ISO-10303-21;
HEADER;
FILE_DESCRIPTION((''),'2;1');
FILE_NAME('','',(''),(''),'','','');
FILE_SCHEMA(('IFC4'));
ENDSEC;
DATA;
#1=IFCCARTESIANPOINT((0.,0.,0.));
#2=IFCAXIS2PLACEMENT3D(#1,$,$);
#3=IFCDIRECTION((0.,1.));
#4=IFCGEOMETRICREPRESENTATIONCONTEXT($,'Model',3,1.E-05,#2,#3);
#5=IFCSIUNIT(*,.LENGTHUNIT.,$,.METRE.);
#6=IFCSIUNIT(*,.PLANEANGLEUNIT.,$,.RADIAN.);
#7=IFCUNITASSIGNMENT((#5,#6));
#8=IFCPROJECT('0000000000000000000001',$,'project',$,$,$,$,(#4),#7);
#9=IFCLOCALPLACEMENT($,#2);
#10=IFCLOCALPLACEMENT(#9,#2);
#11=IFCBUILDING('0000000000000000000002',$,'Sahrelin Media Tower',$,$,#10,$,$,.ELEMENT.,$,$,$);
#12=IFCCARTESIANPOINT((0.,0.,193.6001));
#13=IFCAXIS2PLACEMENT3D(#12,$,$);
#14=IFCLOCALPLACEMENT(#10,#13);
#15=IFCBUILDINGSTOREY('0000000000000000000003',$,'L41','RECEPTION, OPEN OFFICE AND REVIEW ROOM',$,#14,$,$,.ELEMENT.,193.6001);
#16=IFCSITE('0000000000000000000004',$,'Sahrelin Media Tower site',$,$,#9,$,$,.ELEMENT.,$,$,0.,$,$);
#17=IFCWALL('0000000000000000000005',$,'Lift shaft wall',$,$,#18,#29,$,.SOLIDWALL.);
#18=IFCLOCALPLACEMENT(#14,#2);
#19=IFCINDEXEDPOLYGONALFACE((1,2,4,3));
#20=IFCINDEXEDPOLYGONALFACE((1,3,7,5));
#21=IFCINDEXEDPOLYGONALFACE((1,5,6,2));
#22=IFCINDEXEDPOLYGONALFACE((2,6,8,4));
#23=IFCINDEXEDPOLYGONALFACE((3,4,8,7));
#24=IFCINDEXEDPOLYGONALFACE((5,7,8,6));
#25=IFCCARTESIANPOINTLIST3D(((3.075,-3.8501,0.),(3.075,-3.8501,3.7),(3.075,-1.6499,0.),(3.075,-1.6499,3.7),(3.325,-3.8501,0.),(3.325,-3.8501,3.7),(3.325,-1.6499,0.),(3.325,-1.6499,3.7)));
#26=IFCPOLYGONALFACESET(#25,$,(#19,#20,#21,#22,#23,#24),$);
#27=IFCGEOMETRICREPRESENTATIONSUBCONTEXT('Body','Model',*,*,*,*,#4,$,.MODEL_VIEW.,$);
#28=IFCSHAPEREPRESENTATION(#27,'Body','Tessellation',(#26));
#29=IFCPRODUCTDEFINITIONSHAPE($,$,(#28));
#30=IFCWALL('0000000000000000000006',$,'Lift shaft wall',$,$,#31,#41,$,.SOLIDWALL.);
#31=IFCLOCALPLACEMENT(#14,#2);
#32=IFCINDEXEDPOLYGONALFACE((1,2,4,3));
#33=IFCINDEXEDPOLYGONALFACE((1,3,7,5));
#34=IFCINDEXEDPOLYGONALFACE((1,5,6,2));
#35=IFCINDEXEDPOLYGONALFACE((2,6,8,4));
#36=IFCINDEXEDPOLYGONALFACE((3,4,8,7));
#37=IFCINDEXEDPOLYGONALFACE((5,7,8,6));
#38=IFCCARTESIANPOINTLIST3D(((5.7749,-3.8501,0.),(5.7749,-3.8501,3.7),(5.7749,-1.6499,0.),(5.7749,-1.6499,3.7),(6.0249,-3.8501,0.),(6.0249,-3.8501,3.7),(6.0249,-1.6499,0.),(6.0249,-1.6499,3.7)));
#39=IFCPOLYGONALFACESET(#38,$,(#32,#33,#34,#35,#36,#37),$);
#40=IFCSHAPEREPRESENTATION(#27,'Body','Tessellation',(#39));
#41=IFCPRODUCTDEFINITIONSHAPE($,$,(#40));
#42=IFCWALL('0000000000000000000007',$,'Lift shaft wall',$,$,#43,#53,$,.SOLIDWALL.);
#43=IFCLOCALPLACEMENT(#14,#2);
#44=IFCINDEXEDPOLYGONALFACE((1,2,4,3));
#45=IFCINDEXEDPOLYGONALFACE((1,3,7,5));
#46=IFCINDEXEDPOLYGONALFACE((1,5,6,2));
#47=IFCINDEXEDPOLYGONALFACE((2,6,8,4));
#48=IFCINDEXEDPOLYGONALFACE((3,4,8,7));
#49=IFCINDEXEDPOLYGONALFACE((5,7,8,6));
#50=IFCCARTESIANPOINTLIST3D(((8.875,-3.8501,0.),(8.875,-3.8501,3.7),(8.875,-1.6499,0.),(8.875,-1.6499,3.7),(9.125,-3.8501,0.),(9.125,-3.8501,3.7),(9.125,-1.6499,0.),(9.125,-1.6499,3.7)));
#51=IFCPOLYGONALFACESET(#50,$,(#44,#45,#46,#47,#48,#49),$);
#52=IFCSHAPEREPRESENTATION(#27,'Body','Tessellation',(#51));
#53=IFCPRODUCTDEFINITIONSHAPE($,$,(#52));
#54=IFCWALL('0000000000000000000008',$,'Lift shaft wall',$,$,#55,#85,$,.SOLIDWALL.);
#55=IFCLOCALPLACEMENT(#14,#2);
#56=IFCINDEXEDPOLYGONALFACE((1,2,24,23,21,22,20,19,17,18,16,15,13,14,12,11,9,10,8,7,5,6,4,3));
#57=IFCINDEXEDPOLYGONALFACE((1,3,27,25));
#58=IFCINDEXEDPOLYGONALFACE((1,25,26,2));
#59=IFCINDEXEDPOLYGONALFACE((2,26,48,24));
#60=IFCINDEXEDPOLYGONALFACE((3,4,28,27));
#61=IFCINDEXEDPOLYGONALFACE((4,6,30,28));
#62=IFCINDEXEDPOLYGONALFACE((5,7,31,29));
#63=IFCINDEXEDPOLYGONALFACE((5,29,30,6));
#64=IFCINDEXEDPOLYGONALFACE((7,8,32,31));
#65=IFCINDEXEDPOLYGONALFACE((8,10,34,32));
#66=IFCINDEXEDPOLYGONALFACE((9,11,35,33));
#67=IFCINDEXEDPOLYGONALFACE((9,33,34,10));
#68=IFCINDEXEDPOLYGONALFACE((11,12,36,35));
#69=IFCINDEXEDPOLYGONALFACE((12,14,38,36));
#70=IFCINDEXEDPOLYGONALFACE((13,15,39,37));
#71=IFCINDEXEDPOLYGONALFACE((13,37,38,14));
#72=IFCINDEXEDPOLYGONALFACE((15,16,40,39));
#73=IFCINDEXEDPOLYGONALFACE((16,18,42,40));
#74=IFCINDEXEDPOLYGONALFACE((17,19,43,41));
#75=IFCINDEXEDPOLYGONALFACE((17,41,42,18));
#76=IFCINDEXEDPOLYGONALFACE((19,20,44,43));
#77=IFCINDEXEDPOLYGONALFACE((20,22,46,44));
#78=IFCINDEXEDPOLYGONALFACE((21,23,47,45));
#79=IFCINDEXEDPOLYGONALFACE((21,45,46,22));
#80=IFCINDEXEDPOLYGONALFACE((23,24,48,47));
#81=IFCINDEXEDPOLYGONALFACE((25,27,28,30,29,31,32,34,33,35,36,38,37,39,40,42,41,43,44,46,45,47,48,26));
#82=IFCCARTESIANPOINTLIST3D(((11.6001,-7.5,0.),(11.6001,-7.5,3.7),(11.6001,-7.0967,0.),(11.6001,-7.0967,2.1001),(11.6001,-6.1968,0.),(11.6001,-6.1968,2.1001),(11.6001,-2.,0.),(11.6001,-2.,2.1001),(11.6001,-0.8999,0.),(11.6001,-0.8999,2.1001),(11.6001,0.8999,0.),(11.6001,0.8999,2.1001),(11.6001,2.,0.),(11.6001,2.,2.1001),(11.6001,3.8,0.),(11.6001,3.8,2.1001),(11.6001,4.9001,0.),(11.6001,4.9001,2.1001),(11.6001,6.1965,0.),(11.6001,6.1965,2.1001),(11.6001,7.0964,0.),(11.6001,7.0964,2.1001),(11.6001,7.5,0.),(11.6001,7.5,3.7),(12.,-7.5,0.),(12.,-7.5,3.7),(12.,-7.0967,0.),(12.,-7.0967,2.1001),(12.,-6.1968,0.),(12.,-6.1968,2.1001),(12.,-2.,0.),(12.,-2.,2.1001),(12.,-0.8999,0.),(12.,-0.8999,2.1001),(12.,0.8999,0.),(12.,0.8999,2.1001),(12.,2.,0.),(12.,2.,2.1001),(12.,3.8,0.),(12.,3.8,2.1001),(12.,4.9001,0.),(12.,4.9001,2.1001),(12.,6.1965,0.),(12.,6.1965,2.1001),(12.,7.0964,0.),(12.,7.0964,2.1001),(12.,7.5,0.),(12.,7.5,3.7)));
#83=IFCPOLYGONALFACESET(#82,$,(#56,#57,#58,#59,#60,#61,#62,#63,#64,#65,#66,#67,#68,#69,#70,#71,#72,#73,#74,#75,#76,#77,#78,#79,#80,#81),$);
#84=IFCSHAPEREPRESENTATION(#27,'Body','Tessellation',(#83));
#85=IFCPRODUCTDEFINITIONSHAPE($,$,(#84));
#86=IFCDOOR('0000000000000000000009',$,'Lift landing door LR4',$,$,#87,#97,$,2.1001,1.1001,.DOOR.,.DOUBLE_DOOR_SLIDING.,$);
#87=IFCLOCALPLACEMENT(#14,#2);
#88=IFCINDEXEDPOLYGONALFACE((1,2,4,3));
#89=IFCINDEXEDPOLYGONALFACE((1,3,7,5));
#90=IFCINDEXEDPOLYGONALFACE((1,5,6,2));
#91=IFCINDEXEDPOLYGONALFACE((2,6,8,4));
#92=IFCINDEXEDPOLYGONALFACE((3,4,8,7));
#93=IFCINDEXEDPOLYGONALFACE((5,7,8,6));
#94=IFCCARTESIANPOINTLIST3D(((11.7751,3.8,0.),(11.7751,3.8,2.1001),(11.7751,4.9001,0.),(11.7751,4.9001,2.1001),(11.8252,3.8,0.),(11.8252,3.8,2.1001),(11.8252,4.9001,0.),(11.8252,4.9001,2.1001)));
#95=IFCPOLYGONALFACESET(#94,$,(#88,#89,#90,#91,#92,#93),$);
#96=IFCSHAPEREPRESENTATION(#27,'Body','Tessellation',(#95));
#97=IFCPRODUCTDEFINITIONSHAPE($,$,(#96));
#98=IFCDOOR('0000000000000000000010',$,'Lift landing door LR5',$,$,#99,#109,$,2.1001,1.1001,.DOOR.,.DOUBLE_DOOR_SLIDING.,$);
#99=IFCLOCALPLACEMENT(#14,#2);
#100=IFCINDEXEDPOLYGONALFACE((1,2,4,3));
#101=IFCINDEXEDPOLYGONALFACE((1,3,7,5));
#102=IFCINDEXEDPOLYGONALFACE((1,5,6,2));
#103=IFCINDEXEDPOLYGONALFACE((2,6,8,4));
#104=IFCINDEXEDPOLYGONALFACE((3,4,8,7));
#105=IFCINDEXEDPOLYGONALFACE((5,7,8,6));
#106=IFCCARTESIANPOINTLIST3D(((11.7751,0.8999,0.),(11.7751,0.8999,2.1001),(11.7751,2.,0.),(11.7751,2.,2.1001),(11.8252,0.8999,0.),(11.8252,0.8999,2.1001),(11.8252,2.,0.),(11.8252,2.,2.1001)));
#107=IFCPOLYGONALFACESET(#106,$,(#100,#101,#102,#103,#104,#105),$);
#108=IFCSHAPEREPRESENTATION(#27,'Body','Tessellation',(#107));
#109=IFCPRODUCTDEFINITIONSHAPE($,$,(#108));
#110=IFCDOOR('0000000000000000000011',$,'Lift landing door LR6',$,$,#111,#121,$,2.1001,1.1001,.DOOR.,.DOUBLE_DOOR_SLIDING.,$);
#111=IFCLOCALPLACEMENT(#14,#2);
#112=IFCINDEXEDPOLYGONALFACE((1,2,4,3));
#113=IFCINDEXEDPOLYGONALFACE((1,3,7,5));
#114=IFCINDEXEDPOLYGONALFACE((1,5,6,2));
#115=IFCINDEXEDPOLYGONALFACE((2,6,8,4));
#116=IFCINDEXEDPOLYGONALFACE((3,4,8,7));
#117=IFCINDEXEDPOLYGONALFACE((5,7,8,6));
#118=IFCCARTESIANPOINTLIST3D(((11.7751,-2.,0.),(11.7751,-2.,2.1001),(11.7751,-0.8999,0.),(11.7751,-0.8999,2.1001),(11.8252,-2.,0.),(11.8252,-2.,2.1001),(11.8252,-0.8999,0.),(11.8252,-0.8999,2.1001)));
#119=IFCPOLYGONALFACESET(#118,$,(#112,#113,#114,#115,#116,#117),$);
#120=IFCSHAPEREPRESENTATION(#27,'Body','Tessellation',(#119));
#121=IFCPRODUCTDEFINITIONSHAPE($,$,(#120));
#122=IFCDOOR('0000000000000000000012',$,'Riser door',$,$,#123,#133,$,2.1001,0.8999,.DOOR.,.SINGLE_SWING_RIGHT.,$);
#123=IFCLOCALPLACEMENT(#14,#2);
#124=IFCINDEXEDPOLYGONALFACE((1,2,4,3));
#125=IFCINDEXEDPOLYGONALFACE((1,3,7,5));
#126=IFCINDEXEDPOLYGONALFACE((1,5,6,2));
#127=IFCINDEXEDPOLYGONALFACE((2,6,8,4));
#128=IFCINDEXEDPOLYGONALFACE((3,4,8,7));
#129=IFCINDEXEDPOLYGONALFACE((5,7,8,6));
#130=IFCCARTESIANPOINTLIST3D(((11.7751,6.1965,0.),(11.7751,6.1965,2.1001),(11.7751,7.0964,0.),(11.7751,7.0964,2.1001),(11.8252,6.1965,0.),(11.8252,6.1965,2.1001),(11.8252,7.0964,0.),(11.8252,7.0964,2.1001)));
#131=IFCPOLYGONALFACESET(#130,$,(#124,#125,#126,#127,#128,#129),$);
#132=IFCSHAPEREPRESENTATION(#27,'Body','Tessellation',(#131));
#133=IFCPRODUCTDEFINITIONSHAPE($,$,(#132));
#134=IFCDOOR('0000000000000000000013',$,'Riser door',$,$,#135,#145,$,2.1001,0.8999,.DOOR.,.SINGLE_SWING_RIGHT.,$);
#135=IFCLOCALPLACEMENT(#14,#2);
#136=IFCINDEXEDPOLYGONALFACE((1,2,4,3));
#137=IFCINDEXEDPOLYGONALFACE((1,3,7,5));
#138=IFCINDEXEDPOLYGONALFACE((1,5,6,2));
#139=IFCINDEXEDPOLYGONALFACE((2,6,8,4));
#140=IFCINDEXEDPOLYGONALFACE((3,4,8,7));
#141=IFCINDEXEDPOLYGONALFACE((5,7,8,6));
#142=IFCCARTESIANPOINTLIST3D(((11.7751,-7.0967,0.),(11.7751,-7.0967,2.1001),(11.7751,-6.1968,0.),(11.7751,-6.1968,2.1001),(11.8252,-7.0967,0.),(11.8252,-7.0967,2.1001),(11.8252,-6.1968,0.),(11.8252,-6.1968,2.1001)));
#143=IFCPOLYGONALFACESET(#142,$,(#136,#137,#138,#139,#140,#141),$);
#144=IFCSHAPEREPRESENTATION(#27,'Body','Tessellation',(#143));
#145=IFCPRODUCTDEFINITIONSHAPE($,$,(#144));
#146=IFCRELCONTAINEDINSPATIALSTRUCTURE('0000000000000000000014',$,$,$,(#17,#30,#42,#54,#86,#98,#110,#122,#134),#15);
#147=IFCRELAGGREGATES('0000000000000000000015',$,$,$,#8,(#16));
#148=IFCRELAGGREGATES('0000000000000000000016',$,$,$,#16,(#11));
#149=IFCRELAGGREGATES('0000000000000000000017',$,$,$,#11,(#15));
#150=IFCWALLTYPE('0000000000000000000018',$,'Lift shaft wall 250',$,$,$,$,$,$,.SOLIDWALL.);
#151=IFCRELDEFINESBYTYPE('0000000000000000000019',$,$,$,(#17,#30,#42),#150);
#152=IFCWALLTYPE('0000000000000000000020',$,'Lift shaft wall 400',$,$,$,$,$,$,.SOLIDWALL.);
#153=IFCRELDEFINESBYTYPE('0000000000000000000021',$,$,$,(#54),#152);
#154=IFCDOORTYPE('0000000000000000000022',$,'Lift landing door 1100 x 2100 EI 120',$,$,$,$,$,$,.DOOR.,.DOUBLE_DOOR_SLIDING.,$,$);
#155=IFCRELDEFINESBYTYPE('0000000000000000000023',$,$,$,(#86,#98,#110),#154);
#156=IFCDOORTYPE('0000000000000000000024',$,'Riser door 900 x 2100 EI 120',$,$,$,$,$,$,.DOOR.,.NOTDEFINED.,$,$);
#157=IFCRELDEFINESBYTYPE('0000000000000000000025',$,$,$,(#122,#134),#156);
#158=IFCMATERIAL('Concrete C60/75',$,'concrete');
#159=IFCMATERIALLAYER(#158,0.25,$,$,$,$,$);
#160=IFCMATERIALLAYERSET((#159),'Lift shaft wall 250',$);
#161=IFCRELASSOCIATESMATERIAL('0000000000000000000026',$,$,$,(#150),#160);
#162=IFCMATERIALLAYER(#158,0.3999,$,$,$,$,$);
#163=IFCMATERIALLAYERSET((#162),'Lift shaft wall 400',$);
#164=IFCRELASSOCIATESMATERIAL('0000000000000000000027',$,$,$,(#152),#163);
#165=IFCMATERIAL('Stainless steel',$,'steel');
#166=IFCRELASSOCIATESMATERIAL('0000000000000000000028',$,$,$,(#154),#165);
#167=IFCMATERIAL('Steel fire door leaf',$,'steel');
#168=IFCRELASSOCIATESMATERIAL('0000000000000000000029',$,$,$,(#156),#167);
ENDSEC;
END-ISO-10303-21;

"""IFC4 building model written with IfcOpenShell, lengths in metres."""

from ifc_helpers import new_model, si_unit, direction, frame, frame_2d, origin, place, context, subcontext, project, spatial, rectangle, extrude, material, layer, layer_set, type_object, element, fill, save


model = new_model("IFC4")

# Units and contexts
model_context = context("Model", 3, precision=1e-05, world=origin(), true_north=direction((0.0, 1.0)))
body_context = subcontext(model_context, "Body", "Model", "MODEL_VIEW")
ifc_project = project(units=[si_unit("LENGTHUNIT", "METRE"), si_unit("PLANEANGLEUNIT", "RADIAN")], contexts=[model_context])

# Site, building, storey
site_placement = place(None, origin())
site = spatial("IfcSite", under=ifc_project, at=site_placement, Name="Sahrelin Media Tower site", CompositionType="ELEMENT", RefElevation=0.0)
building_placement = place(site_placement, origin())
building = spatial("IfcBuilding", under=site, at=building_placement, Name="Sahrelin Media Tower", CompositionType="ELEMENT")
storey_placement = place(building_placement, frame((0.0, 0.0, 193.6001)))
storey = spatial("IfcBuildingStorey", under=building, at=storey_placement, Name="L41", Description="RECEPTION, OPEN OFFICE AND REVIEW ROOM", CompositionType="ELEMENT", Elevation=193.6001)

# Walls
ifc_material_1 = material(Name="Concrete C60/75", Category="concrete")
ifc_layer_1 = layer(ifc_material_1, 0.25)
ifc_layer_set_1 = layer_set([ifc_layer_1], Name="Lift shaft wall 250")
wall_type_1 = type_object("IfcWallType", Name="Lift shaft wall 250", PredefinedType="SOLIDWALL", material=ifc_layer_set_1)
for number, where, z_axis, x_axis, name in (
    (1, (3.2, -3.8501, 0.0), (0.0, 0.0, 1.0), (0.0, 1.0, 0.0), "Lift shaft wall"),
    (2, (5.8999, -3.8501, 0.0), (0.0, 0.0, 1.0), (0.0, 1.0, 0.0), "Lift shaft wall"),
    (3, (9.0, -3.8501, 0.0), (0.0, 0.0, 1.0), (0.0, 1.0, 0.0), "Lift shaft wall"),
):
    element("IfcWall", number, at=place(storey_placement, frame(where, z_axis=z_axis, x_axis=x_axis)), inside=storey, type_object=wall_type_1, Name=name, PredefinedType="SOLIDWALL", context=body_context, shape_type="SweptSolid", body=[
        extrude(rectangle(XDim=2.2002, YDim=0.25, at=frame_2d((1.1001, 0.0))), origin(), (0.0, 0.0, 1.0), 3.7),
    ])

# Wall, openings, doors
ifc_layer_2 = layer(ifc_material_1, 0.3999)
ifc_layer_set_2 = layer_set([ifc_layer_2], Name="Lift shaft wall 400")
wall_type_2 = type_object("IfcWallType", Name="Lift shaft wall 400", PredefinedType="SOLIDWALL", material=ifc_layer_set_2)
wall_1_placement = place(storey_placement, frame((11.8, -7.5, 0.0), z_axis=(0.0, 0.0, 1.0), x_axis=(0.0, 1.0, 0.0)))
wall_1 = element("IfcWall", 4, at=wall_1_placement, inside=storey, type_object=wall_type_2, Name="Lift shaft wall", PredefinedType="SOLIDWALL", context=body_context, shape_type="SweptSolid", body=[
    extrude(rectangle(XDim=15.0, YDim=0.3999, at=frame_2d((7.5, 0.0))), origin(), (0.0, 0.0, 1.0), 3.7),
])
opening_1_placement = place(wall_1_placement, frame((11.3, 0.0, 0.0)))
opening_1 = element("IfcOpeningElement", 5, at=opening_1_placement, cuts=wall_1, PredefinedType="OPENING", context=body_context, shape_type="SweptSolid", body=[
    extrude(rectangle(XDim=1.1001, YDim=2.1001, at=frame_2d((0.55, 1.05))), frame((0.0, 0.2, 0.0), z_axis=(0.0, -1.0, 0.0), x_axis=(1.0, 0.0, 0.0)), (0.0, 0.0, 1.0), 0.3999),
])
opening_2_placement = place(wall_1_placement, frame((8.3999, 0.0, 0.0)))
opening_2 = element("IfcOpeningElement", 6, at=opening_2_placement, cuts=wall_1, PredefinedType="OPENING", context=body_context, shape_type="SweptSolid", body=[
    extrude(rectangle(XDim=1.1001, YDim=2.1001, at=frame_2d((0.55, 1.05))), frame((0.0, 0.2, 0.0), z_axis=(0.0, -1.0, 0.0), x_axis=(1.0, 0.0, 0.0)), (0.0, 0.0, 1.0), 0.3999),
])
opening_3_placement = place(wall_1_placement, frame((5.5, 0.0, 0.0)))
opening_3 = element("IfcOpeningElement", 7, at=opening_3_placement, cuts=wall_1, PredefinedType="OPENING", context=body_context, shape_type="SweptSolid", body=[
    extrude(rectangle(XDim=1.1001, YDim=2.1001, at=frame_2d((0.55, 1.05))), frame((0.0, 0.2, 0.0), z_axis=(0.0, -1.0, 0.0), x_axis=(1.0, 0.0, 0.0)), (0.0, 0.0, 1.0), 0.3999),
])
opening_4_placement = place(wall_1_placement, frame((13.6965, 0.0, 0.0)))
opening_4 = element("IfcOpeningElement", 8, at=opening_4_placement, cuts=wall_1, PredefinedType="OPENING", context=body_context, shape_type="SweptSolid", body=[
    extrude(rectangle(XDim=0.8999, YDim=2.1001, at=frame_2d((0.45, 1.05))), frame((0.0, 0.2, 0.0), z_axis=(0.0, -1.0, 0.0), x_axis=(1.0, 0.0, 0.0)), (0.0, 0.0, 1.0), 0.3999),
])
opening_5_placement = place(wall_1_placement, frame((0.4033, 0.0, 0.0)))
opening_5 = element("IfcOpeningElement", 9, at=opening_5_placement, cuts=wall_1, PredefinedType="OPENING", context=body_context, shape_type="SweptSolid", body=[
    extrude(rectangle(XDim=0.8999, YDim=2.1001, at=frame_2d((0.45, 1.05))), frame((0.0, 0.2, 0.0), z_axis=(0.0, -1.0, 0.0), x_axis=(1.0, 0.0, 0.0)), (0.0, 0.0, 1.0), 0.3999),
])
ifc_material_2 = material(Name="Stainless steel", Category="steel")
door_type_1 = type_object("IfcDoorType", Name="Lift landing door 1100 x 2100 EI 120", OperationType="DOUBLE_DOOR_SLIDING", PredefinedType="DOOR", material=ifc_material_2)
door_1_placement = place(opening_1_placement, origin())
door_1 = element("IfcDoor", 10, at=door_1_placement, inside=storey, type_object=door_type_1, Name="Lift landing door LR4", OperationType="DOUBLE_DOOR_SLIDING", OverallHeight=2.1001, OverallWidth=1.1001, PredefinedType="DOOR", context=body_context, shape_type="SweptSolid", body=[
    extrude(rectangle(XDim=1.1001, YDim=2.1001, at=frame_2d((0.55, 1.05))), frame((0.0, 0.0249, 0.0), z_axis=(0.0, -1.0, 0.0), x_axis=(1.0, 0.0, 0.0)), (0.0, 0.0, 1.0), 0.05),
])
fill(opening_1, door_1)
door_2_placement = place(opening_2_placement, origin())
door_2 = element("IfcDoor", 11, at=door_2_placement, inside=storey, type_object=door_type_1, Name="Lift landing door LR5", OperationType="DOUBLE_DOOR_SLIDING", OverallHeight=2.1001, OverallWidth=1.1001, PredefinedType="DOOR", context=body_context, shape_type="SweptSolid", body=[
    extrude(rectangle(XDim=1.1001, YDim=2.1001, at=frame_2d((0.55, 1.05))), frame((0.0, 0.0249, 0.0), z_axis=(0.0, -1.0, 0.0), x_axis=(1.0, 0.0, 0.0)), (0.0, 0.0, 1.0), 0.05),
])
fill(opening_2, door_2)
door_3_placement = place(opening_3_placement, origin())
door_3 = element("IfcDoor", 12, at=door_3_placement, inside=storey, type_object=door_type_1, Name="Lift landing door LR6", OperationType="DOUBLE_DOOR_SLIDING", OverallHeight=2.1001, OverallWidth=1.1001, PredefinedType="DOOR", context=body_context, shape_type="SweptSolid", body=[
    extrude(rectangle(XDim=1.1001, YDim=2.1001, at=frame_2d((0.55, 1.05))), frame((0.0, 0.0249, 0.0), z_axis=(0.0, -1.0, 0.0), x_axis=(1.0, 0.0, 0.0)), (0.0, 0.0, 1.0), 0.05),
])
fill(opening_3, door_3)
ifc_material_3 = material(Name="Steel fire door leaf", Category="steel")
door_type_2 = type_object("IfcDoorType", Name="Riser door 900 x 2100 EI 120", OperationType="NOTDEFINED", PredefinedType="DOOR", material=ifc_material_3)
door_4_placement = place(opening_4_placement, origin())
door_4 = element("IfcDoor", 13, at=door_4_placement, inside=storey, type_object=door_type_2, Name="Riser door", OperationType="SINGLE_SWING_RIGHT", OverallHeight=2.1001, OverallWidth=0.8999, PredefinedType="DOOR", context=body_context, shape_type="SweptSolid", body=[
    extrude(rectangle(XDim=0.8999, YDim=2.1001, at=frame_2d((0.45, 1.05))), frame((0.0, 0.0249, 0.0), z_axis=(0.0, -1.0, 0.0), x_axis=(1.0, 0.0, 0.0)), (0.0, 0.0, 1.0), 0.05),
])
fill(opening_4, door_4)
door_5_placement = place(opening_5_placement, origin())
door_5 = element("IfcDoor", 14, at=door_5_placement, inside=storey, type_object=door_type_2, Name="Riser door", OperationType="SINGLE_SWING_RIGHT", OverallHeight=2.1001, OverallWidth=0.8999, PredefinedType="DOOR", context=body_context, shape_type="SweptSolid", body=[
    extrude(rectangle(XDim=0.8999, YDim=2.1001, at=frame_2d((0.45, 1.05))), frame((0.0, 0.0249, 0.0), z_axis=(0.0, -1.0, 0.0), x_axis=(1.0, 0.0, 0.0)), (0.0, 0.0, 1.0), 0.05),
])
fill(opening_5, door_5)

save(model, "model.ifc")
